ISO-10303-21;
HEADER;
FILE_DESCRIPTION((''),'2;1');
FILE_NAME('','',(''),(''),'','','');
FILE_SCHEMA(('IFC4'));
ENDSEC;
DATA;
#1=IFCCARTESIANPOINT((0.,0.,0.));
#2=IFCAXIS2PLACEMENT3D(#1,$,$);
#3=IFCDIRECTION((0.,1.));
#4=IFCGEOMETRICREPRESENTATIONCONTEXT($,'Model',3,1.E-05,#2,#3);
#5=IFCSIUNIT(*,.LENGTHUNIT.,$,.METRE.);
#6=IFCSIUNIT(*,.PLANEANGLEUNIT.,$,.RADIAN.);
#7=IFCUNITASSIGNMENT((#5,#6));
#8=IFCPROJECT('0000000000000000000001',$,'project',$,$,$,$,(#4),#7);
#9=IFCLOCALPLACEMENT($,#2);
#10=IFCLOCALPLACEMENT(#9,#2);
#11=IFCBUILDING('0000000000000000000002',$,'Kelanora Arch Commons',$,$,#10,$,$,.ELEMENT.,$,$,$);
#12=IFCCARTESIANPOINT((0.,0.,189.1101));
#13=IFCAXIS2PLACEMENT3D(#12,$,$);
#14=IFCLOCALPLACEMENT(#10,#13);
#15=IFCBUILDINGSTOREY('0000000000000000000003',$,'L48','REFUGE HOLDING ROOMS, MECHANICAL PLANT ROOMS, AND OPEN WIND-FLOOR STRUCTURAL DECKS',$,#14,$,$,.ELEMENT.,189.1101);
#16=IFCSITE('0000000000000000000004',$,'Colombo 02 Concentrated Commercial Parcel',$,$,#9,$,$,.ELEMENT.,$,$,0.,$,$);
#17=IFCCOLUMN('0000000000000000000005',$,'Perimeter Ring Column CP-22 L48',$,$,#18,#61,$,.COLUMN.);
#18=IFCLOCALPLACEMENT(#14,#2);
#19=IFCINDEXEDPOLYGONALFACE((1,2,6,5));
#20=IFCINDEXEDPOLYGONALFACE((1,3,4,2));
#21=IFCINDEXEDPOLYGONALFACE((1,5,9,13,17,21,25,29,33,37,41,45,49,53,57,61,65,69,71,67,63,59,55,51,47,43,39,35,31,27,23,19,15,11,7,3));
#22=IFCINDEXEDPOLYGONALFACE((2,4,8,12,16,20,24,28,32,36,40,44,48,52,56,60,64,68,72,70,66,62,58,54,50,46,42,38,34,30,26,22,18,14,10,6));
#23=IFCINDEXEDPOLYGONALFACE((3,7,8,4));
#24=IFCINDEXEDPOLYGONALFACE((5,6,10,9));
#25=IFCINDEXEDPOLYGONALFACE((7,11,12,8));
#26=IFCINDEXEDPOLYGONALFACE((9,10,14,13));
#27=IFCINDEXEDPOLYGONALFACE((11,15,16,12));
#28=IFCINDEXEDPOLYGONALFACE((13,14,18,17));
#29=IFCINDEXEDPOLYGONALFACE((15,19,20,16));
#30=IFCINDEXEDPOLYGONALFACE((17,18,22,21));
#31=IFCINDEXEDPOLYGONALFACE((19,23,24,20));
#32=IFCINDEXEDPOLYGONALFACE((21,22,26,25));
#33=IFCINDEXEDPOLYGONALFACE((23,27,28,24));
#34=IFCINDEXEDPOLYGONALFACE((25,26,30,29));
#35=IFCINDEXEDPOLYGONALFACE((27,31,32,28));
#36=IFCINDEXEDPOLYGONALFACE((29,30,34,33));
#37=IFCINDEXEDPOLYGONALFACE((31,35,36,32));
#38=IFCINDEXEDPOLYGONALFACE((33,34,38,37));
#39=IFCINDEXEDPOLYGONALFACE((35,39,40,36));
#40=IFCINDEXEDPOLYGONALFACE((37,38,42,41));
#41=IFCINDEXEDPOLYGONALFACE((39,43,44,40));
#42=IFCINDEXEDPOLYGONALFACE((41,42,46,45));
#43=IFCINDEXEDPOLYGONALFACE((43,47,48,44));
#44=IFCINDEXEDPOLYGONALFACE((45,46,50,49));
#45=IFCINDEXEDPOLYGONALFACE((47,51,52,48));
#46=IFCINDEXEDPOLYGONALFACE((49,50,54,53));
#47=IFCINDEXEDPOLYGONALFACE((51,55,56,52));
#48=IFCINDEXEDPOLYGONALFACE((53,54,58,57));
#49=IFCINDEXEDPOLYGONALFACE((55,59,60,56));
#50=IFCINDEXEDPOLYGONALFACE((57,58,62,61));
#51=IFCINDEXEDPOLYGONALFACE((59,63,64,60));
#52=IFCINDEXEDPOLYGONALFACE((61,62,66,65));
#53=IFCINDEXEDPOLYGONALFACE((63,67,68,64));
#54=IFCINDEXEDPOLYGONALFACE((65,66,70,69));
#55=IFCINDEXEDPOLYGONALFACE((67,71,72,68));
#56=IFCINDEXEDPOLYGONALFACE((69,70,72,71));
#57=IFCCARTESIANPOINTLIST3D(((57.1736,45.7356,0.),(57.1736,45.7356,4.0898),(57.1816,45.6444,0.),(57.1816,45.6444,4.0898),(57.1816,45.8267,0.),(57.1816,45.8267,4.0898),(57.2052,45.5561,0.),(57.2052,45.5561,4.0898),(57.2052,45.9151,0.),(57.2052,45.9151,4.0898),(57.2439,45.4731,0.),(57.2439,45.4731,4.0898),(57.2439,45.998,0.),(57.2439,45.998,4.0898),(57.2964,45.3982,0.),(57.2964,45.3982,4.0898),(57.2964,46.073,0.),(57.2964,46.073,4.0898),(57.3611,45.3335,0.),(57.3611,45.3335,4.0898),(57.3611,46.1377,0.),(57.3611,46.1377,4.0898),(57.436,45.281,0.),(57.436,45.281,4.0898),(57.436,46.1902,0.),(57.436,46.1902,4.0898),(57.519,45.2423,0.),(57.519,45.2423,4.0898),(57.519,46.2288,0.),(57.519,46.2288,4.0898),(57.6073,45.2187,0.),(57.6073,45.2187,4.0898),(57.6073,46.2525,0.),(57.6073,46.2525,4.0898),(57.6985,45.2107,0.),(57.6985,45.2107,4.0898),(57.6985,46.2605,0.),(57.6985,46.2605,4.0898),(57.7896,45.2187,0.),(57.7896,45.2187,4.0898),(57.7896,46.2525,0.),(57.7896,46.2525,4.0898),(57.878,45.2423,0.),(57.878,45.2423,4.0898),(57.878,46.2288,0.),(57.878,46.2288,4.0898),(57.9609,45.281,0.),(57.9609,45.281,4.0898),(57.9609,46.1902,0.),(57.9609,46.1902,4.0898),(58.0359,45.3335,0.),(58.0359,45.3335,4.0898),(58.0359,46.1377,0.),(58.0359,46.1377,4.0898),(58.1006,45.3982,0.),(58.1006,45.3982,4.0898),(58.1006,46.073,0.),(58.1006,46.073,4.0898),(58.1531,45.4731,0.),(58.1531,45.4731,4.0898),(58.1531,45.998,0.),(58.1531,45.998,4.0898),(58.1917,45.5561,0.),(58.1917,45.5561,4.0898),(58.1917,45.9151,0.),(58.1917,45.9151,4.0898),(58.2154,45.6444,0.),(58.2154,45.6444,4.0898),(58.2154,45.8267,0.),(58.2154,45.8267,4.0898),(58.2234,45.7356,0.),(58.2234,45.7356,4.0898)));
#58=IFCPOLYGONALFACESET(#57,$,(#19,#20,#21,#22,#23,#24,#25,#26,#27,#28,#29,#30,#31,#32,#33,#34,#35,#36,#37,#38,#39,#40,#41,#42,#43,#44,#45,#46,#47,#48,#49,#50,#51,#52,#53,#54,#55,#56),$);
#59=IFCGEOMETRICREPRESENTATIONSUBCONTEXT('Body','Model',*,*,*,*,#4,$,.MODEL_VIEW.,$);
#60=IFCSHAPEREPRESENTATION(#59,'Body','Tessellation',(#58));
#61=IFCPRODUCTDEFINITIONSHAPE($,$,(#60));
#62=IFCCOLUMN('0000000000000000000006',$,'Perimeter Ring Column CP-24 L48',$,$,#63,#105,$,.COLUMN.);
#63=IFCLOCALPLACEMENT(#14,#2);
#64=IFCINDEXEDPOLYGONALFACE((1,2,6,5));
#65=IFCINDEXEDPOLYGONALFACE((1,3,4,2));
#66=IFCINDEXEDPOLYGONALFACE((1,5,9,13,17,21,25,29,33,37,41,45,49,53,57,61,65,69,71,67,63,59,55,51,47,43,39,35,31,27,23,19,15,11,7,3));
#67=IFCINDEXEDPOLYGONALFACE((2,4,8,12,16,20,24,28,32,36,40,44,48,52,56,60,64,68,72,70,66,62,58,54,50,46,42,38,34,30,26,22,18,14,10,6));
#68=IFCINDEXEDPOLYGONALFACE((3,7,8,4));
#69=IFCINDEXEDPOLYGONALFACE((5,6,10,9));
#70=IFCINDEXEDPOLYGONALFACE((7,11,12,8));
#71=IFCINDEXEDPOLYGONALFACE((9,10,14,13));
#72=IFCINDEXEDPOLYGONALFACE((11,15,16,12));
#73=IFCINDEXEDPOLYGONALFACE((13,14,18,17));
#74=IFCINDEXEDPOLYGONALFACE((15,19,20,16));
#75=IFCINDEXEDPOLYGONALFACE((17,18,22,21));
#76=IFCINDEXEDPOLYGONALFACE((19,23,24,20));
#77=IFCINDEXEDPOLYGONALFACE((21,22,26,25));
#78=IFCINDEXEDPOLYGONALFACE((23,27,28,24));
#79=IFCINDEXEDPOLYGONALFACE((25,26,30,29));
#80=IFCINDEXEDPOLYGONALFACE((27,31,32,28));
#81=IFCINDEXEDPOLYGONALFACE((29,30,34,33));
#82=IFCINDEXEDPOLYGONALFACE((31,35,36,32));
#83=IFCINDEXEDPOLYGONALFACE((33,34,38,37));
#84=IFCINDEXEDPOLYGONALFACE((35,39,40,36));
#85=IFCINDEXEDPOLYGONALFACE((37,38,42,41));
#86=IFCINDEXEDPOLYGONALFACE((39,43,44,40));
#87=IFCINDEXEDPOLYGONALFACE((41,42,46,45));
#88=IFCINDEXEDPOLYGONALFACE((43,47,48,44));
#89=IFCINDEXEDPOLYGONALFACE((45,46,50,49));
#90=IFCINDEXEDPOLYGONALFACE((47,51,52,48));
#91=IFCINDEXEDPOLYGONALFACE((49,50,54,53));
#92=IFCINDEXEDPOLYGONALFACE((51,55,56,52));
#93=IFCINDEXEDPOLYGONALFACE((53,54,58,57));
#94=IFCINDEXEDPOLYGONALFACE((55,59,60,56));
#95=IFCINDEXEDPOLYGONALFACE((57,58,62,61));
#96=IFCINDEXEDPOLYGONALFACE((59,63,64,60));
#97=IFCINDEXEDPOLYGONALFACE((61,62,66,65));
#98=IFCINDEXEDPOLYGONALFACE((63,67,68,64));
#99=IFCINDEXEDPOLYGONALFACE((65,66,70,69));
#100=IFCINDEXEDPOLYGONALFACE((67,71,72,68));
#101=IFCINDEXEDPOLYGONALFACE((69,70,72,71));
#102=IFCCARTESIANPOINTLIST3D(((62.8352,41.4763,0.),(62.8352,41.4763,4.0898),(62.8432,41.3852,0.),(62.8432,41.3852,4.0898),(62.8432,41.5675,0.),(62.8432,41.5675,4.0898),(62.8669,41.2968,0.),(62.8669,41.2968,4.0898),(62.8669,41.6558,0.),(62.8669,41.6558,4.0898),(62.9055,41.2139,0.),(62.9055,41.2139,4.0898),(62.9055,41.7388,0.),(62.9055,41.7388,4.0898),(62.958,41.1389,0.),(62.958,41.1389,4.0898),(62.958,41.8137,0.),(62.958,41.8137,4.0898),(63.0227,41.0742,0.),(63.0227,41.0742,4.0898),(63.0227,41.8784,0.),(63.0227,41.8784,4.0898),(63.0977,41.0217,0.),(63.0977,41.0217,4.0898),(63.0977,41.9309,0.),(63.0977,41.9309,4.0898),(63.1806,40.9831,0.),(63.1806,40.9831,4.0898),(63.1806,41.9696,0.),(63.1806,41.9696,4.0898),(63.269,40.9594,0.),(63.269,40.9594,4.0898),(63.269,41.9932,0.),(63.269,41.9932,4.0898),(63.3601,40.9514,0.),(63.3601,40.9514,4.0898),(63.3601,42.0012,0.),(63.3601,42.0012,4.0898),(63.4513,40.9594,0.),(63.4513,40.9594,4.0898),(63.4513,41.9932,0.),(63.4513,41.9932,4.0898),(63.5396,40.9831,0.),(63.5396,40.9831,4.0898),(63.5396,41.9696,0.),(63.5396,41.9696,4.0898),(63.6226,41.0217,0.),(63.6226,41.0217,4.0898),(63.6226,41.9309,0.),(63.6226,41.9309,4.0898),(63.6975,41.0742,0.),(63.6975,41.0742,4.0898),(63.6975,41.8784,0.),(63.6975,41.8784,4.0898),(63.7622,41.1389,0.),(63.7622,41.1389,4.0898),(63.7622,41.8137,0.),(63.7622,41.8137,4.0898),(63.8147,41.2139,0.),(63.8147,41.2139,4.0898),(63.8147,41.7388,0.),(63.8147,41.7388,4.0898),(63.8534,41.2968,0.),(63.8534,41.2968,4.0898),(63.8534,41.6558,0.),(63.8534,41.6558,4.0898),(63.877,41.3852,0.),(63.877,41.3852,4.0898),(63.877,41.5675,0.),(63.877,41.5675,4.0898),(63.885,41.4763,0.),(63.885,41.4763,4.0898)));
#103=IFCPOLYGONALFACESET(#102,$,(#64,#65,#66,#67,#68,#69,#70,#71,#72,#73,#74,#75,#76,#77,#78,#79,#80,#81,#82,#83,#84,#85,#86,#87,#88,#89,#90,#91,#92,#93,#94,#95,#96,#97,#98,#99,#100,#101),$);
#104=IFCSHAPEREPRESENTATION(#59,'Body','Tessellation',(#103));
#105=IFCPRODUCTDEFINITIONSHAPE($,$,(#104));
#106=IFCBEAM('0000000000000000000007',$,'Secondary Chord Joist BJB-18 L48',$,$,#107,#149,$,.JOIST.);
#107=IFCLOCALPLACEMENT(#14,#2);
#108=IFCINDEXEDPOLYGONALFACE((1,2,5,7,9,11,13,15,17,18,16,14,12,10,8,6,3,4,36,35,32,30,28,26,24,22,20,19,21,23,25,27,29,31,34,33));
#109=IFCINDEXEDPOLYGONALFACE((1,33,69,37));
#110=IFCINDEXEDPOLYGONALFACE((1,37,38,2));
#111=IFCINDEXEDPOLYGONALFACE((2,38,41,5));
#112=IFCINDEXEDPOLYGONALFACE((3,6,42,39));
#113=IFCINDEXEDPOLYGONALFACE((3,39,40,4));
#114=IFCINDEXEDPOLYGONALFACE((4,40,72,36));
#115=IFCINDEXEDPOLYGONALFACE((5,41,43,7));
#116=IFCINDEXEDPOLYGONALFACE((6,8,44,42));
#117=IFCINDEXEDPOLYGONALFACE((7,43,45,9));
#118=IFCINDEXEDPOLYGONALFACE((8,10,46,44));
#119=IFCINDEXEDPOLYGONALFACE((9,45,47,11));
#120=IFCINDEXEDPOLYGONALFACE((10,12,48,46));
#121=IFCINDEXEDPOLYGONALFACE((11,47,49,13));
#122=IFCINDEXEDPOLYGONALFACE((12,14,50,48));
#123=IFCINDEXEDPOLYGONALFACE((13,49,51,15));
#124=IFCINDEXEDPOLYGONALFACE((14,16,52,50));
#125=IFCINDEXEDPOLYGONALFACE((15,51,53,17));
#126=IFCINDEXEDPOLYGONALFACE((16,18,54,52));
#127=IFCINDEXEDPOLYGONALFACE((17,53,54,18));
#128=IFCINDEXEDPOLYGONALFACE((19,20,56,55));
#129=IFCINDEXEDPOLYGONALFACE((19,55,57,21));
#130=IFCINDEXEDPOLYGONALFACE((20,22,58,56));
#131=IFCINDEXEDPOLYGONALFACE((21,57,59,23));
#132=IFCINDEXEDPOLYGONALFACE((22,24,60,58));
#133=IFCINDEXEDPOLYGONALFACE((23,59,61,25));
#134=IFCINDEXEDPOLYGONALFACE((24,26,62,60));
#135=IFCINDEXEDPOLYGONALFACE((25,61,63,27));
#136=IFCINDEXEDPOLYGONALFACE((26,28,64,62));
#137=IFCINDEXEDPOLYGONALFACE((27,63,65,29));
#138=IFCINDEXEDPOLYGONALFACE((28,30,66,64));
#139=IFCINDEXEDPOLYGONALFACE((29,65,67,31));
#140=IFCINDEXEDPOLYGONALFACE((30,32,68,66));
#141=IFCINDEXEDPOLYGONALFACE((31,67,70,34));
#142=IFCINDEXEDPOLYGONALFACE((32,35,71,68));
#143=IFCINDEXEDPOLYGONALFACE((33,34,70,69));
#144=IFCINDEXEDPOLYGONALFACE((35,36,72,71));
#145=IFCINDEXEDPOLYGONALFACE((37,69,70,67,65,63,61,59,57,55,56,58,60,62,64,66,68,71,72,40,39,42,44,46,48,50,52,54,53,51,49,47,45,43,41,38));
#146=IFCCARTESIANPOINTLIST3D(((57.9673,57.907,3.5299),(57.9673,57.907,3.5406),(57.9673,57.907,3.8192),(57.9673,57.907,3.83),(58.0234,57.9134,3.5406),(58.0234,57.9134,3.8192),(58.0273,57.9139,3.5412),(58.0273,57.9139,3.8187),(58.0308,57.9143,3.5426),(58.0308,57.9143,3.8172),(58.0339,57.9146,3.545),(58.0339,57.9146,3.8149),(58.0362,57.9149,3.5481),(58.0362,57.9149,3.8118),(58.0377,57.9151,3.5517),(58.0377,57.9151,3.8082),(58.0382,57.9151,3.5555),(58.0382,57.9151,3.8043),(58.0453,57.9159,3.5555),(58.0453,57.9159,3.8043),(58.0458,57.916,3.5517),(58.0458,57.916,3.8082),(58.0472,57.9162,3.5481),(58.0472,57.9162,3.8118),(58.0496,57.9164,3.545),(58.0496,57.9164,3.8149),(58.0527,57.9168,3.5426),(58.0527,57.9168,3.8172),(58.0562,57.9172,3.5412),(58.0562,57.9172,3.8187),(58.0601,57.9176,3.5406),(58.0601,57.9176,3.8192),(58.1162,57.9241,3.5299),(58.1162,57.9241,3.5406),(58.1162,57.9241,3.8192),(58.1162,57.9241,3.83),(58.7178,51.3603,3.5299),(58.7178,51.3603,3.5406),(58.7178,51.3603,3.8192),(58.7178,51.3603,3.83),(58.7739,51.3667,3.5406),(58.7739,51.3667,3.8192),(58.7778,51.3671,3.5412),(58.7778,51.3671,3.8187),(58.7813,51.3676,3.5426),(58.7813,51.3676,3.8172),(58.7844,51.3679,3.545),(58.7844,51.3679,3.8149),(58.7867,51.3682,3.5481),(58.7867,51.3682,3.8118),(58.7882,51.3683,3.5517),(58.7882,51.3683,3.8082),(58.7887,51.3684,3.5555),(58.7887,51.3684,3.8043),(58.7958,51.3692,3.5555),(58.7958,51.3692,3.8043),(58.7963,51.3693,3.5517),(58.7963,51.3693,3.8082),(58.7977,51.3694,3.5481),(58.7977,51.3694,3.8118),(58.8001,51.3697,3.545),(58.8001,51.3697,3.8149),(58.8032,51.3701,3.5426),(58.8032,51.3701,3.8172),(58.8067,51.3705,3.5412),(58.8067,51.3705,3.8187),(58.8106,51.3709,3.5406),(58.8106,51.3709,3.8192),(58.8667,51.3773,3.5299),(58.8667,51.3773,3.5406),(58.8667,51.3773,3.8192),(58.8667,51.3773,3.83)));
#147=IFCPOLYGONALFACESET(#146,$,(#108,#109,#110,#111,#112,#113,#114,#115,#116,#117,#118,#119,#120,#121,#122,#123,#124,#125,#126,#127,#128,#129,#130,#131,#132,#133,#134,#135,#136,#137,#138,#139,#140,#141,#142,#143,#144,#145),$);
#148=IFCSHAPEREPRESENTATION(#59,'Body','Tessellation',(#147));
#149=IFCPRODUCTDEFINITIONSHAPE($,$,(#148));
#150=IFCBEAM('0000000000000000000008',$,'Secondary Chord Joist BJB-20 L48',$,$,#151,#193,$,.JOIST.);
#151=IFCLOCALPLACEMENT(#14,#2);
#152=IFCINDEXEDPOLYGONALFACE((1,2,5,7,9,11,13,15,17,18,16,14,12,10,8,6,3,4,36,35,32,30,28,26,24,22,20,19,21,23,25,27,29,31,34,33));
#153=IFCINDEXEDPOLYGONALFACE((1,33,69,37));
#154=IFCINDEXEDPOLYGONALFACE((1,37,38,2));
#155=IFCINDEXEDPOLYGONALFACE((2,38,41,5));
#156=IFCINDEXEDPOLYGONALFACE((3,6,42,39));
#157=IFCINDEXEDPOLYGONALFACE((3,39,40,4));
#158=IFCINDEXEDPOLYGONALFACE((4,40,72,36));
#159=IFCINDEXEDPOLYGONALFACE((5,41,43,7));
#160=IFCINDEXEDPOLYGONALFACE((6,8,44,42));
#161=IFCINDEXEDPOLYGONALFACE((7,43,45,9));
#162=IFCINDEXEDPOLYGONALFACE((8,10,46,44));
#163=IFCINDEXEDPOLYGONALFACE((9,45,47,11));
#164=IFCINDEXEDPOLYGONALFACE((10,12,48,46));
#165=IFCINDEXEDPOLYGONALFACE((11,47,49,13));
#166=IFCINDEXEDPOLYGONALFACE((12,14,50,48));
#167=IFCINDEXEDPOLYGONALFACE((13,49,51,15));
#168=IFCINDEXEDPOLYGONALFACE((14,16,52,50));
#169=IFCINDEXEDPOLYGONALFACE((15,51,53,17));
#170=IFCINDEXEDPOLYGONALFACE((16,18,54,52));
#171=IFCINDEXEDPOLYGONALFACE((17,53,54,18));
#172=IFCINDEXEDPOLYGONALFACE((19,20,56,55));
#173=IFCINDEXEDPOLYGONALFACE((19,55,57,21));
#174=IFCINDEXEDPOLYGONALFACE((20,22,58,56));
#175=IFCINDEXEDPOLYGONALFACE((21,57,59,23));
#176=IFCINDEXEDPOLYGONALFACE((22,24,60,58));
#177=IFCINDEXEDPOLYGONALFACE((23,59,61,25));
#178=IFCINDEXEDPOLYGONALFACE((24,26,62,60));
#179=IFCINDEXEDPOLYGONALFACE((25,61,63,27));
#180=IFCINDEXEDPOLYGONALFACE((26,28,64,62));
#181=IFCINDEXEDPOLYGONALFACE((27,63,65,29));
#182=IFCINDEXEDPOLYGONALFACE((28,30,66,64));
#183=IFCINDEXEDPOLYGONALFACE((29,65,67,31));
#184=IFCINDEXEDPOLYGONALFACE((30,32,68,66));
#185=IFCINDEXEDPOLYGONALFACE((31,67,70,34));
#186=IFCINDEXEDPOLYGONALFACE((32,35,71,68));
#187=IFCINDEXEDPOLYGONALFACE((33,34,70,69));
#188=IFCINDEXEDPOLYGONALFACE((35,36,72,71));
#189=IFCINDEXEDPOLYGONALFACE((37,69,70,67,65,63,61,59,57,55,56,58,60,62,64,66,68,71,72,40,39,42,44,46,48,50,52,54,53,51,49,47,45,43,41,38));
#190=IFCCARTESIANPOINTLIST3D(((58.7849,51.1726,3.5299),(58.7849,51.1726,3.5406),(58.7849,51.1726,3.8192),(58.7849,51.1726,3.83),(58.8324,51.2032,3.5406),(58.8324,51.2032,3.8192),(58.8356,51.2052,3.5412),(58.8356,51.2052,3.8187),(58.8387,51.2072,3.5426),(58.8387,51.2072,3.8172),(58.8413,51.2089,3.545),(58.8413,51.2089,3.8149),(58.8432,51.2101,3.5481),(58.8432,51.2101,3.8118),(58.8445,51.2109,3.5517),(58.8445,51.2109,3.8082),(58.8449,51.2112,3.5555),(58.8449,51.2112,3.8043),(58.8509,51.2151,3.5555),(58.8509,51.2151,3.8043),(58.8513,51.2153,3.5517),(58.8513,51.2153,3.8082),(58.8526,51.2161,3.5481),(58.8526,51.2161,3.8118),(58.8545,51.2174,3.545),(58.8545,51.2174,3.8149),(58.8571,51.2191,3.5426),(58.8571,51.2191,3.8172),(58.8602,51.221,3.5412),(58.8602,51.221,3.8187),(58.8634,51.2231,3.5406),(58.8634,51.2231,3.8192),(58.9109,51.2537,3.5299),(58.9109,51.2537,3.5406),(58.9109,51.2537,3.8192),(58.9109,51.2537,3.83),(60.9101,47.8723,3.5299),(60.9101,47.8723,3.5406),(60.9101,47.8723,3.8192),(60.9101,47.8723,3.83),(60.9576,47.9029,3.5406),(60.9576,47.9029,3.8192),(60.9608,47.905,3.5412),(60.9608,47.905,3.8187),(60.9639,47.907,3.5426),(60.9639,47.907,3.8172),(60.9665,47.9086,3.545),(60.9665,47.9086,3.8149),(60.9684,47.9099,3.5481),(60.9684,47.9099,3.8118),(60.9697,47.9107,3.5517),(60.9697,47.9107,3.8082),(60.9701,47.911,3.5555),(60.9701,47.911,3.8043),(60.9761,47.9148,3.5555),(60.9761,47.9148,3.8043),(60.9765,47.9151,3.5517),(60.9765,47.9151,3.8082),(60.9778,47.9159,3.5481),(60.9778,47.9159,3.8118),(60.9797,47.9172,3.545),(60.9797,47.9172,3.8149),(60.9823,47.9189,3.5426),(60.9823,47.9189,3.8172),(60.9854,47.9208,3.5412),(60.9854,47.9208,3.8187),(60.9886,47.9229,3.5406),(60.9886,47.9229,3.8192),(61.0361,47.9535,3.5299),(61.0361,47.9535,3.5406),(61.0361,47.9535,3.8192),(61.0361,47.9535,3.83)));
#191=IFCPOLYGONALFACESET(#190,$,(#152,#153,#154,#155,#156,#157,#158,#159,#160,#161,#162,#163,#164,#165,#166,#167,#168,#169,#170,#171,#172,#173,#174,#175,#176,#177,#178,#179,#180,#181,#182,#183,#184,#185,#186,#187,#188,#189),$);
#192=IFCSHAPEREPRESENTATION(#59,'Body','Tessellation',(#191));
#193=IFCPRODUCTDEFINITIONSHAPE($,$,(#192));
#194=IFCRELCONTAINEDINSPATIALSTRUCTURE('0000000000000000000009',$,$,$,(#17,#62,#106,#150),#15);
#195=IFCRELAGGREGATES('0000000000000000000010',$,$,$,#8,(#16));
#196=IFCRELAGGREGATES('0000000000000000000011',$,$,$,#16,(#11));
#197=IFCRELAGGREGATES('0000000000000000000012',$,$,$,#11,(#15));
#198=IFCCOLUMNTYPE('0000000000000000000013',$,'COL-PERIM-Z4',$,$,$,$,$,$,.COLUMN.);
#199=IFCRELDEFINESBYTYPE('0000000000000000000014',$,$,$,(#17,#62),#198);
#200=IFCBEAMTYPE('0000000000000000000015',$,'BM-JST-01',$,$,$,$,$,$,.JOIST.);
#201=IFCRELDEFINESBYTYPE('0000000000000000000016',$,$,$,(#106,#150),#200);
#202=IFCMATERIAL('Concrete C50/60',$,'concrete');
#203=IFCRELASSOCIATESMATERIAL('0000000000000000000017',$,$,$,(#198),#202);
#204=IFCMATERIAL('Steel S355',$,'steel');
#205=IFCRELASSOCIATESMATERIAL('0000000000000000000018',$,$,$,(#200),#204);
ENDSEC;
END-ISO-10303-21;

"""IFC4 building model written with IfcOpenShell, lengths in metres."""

from ifc_helpers import new_model, si_unit, direction, frame, origin, origin_2d, place, context, subcontext, project, spatial, circle, i_section, extrude, material, material_profile, profile_set, type_object, element, save


model = new_model("IFC4")

# Units and contexts
model_context = context("Model", 3, precision=1e-05, world=origin(), true_north=direction((0.0, 1.0)))
body_context = subcontext(model_context, "Body", "Model", "MODEL_VIEW")
ifc_project = project(units=[si_unit("LENGTHUNIT", "METRE"), si_unit("PLANEANGLEUNIT", "RADIAN")], contexts=[model_context])

# Site, building, storey
site_placement = place(None, origin())
site = spatial("IfcSite", under=ifc_project, at=site_placement, Name="Colombo 02 Concentrated Commercial Parcel", CompositionType="ELEMENT", RefElevation=0.0)
building_placement = place(site_placement, origin())
building = spatial("IfcBuilding", under=site, at=building_placement, Name="Kelanora Arch Commons", CompositionType="ELEMENT")
storey_placement = place(building_placement, frame((0.0, 0.0, 189.1101)))
storey = spatial("IfcBuildingStorey", under=building, at=storey_placement, Name="L48", Description="REFUGE HOLDING ROOMS, MECHANICAL PLANT ROOMS, AND OPEN WIND-FLOOR STRUCTURAL DECKS", CompositionType="ELEMENT", Elevation=189.1101)

# Columns
ifc_material_1 = material(Name="Concrete C50/60", Category="concrete")
ifc_material_profile_1 = material_profile(ifc_material_1, circle(Radius=0.5249, at=origin_2d()), Name="RCC1050")
ifc_profile_set_1 = profile_set([ifc_material_profile_1], Name="Concrete C50/60")
column_type = type_object("IfcColumnType", Name="COL-PERIM-Z4", PredefinedType="COLUMN", material=ifc_profile_set_1)
for number, where, z_axis, x_axis, name in (
    (1, (57.6985, 45.7356, 0.0), (0.0, 0.0, 1.0), (1.0, 0.0, 0.0), "Perimeter Ring Column CP-22 L48"),
    (2, (63.3601, 41.4763, 0.0), (0.0, 0.0, 1.0), (1.0, 0.0, 0.0), "Perimeter Ring Column CP-24 L48"),
):
    element("IfcColumn", number, at=place(storey_placement, frame(where, z_axis=z_axis, x_axis=x_axis)), inside=storey, type_object=column_type, Name=name, PredefinedType="COLUMN", context=body_context, shape_type="SweptSolid", body=[
        extrude(circle(Radius=0.5249, at=origin_2d()), origin(), (0.0, 0.0, 1.0), 4.0898),
    ])

# Beams
ifc_material_2 = material(Name="Steel S355", Category="steel")
ifc_material_profile_2 = material_profile(ifc_material_2, i_section(OverallWidth=0.1499, OverallDepth=0.3, WebThickness=0.0071, FlangeThickness=0.0107, FilletRadius=0.0149, at=origin_2d()), Name="IPE300")
ifc_profile_set_2 = profile_set([ifc_material_profile_2], Name="Steel S355")
beam_type_1 = type_object("IfcBeamType", Name="BM-JST-01", PredefinedType="JOIST", material=ifc_profile_set_2)
beam_1_placement = place(storey_placement, frame((58.0417, 57.9155, 3.6799), z_axis=(0.113891, -0.993493, 0.0), x_axis=(0.993493, 0.113891, 0.0)))
element("IfcBeam", 3, at=beam_1_placement, inside=storey, type_object=beam_type_1, Name="Secondary Chord Joist BJB-18 L48", PredefinedType="JOIST", context=body_context, shape_type="SweptSolid", body=[
    extrude(i_section(OverallWidth=0.1499, OverallDepth=0.3, WebThickness=0.0071, FlangeThickness=0.0107, FilletRadius=0.0149, at=origin_2d()), origin(), (0.0, 0.0, 1.0), 6.5896),
])
beam_2_placement = place(storey_placement, frame((58.8479, 51.2131, 3.6799), z_axis=(0.541411, -0.840758, 0.0), x_axis=(0.840758, 0.541411, 0.0)))
element("IfcBeam", 4, at=beam_2_placement, inside=storey, type_object=beam_type_1, Name="Secondary Chord Joist BJB-20 L48", PredefinedType="JOIST", context=body_context, shape_type="SweptSolid", body=[
    extrude(i_section(OverallWidth=0.1499, OverallDepth=0.3, WebThickness=0.0071, FlangeThickness=0.0107, FilletRadius=0.0149, at=origin_2d()), origin(), (0.0, 0.0, 1.0), 3.9253),
])

save(model, "model.ifc")
